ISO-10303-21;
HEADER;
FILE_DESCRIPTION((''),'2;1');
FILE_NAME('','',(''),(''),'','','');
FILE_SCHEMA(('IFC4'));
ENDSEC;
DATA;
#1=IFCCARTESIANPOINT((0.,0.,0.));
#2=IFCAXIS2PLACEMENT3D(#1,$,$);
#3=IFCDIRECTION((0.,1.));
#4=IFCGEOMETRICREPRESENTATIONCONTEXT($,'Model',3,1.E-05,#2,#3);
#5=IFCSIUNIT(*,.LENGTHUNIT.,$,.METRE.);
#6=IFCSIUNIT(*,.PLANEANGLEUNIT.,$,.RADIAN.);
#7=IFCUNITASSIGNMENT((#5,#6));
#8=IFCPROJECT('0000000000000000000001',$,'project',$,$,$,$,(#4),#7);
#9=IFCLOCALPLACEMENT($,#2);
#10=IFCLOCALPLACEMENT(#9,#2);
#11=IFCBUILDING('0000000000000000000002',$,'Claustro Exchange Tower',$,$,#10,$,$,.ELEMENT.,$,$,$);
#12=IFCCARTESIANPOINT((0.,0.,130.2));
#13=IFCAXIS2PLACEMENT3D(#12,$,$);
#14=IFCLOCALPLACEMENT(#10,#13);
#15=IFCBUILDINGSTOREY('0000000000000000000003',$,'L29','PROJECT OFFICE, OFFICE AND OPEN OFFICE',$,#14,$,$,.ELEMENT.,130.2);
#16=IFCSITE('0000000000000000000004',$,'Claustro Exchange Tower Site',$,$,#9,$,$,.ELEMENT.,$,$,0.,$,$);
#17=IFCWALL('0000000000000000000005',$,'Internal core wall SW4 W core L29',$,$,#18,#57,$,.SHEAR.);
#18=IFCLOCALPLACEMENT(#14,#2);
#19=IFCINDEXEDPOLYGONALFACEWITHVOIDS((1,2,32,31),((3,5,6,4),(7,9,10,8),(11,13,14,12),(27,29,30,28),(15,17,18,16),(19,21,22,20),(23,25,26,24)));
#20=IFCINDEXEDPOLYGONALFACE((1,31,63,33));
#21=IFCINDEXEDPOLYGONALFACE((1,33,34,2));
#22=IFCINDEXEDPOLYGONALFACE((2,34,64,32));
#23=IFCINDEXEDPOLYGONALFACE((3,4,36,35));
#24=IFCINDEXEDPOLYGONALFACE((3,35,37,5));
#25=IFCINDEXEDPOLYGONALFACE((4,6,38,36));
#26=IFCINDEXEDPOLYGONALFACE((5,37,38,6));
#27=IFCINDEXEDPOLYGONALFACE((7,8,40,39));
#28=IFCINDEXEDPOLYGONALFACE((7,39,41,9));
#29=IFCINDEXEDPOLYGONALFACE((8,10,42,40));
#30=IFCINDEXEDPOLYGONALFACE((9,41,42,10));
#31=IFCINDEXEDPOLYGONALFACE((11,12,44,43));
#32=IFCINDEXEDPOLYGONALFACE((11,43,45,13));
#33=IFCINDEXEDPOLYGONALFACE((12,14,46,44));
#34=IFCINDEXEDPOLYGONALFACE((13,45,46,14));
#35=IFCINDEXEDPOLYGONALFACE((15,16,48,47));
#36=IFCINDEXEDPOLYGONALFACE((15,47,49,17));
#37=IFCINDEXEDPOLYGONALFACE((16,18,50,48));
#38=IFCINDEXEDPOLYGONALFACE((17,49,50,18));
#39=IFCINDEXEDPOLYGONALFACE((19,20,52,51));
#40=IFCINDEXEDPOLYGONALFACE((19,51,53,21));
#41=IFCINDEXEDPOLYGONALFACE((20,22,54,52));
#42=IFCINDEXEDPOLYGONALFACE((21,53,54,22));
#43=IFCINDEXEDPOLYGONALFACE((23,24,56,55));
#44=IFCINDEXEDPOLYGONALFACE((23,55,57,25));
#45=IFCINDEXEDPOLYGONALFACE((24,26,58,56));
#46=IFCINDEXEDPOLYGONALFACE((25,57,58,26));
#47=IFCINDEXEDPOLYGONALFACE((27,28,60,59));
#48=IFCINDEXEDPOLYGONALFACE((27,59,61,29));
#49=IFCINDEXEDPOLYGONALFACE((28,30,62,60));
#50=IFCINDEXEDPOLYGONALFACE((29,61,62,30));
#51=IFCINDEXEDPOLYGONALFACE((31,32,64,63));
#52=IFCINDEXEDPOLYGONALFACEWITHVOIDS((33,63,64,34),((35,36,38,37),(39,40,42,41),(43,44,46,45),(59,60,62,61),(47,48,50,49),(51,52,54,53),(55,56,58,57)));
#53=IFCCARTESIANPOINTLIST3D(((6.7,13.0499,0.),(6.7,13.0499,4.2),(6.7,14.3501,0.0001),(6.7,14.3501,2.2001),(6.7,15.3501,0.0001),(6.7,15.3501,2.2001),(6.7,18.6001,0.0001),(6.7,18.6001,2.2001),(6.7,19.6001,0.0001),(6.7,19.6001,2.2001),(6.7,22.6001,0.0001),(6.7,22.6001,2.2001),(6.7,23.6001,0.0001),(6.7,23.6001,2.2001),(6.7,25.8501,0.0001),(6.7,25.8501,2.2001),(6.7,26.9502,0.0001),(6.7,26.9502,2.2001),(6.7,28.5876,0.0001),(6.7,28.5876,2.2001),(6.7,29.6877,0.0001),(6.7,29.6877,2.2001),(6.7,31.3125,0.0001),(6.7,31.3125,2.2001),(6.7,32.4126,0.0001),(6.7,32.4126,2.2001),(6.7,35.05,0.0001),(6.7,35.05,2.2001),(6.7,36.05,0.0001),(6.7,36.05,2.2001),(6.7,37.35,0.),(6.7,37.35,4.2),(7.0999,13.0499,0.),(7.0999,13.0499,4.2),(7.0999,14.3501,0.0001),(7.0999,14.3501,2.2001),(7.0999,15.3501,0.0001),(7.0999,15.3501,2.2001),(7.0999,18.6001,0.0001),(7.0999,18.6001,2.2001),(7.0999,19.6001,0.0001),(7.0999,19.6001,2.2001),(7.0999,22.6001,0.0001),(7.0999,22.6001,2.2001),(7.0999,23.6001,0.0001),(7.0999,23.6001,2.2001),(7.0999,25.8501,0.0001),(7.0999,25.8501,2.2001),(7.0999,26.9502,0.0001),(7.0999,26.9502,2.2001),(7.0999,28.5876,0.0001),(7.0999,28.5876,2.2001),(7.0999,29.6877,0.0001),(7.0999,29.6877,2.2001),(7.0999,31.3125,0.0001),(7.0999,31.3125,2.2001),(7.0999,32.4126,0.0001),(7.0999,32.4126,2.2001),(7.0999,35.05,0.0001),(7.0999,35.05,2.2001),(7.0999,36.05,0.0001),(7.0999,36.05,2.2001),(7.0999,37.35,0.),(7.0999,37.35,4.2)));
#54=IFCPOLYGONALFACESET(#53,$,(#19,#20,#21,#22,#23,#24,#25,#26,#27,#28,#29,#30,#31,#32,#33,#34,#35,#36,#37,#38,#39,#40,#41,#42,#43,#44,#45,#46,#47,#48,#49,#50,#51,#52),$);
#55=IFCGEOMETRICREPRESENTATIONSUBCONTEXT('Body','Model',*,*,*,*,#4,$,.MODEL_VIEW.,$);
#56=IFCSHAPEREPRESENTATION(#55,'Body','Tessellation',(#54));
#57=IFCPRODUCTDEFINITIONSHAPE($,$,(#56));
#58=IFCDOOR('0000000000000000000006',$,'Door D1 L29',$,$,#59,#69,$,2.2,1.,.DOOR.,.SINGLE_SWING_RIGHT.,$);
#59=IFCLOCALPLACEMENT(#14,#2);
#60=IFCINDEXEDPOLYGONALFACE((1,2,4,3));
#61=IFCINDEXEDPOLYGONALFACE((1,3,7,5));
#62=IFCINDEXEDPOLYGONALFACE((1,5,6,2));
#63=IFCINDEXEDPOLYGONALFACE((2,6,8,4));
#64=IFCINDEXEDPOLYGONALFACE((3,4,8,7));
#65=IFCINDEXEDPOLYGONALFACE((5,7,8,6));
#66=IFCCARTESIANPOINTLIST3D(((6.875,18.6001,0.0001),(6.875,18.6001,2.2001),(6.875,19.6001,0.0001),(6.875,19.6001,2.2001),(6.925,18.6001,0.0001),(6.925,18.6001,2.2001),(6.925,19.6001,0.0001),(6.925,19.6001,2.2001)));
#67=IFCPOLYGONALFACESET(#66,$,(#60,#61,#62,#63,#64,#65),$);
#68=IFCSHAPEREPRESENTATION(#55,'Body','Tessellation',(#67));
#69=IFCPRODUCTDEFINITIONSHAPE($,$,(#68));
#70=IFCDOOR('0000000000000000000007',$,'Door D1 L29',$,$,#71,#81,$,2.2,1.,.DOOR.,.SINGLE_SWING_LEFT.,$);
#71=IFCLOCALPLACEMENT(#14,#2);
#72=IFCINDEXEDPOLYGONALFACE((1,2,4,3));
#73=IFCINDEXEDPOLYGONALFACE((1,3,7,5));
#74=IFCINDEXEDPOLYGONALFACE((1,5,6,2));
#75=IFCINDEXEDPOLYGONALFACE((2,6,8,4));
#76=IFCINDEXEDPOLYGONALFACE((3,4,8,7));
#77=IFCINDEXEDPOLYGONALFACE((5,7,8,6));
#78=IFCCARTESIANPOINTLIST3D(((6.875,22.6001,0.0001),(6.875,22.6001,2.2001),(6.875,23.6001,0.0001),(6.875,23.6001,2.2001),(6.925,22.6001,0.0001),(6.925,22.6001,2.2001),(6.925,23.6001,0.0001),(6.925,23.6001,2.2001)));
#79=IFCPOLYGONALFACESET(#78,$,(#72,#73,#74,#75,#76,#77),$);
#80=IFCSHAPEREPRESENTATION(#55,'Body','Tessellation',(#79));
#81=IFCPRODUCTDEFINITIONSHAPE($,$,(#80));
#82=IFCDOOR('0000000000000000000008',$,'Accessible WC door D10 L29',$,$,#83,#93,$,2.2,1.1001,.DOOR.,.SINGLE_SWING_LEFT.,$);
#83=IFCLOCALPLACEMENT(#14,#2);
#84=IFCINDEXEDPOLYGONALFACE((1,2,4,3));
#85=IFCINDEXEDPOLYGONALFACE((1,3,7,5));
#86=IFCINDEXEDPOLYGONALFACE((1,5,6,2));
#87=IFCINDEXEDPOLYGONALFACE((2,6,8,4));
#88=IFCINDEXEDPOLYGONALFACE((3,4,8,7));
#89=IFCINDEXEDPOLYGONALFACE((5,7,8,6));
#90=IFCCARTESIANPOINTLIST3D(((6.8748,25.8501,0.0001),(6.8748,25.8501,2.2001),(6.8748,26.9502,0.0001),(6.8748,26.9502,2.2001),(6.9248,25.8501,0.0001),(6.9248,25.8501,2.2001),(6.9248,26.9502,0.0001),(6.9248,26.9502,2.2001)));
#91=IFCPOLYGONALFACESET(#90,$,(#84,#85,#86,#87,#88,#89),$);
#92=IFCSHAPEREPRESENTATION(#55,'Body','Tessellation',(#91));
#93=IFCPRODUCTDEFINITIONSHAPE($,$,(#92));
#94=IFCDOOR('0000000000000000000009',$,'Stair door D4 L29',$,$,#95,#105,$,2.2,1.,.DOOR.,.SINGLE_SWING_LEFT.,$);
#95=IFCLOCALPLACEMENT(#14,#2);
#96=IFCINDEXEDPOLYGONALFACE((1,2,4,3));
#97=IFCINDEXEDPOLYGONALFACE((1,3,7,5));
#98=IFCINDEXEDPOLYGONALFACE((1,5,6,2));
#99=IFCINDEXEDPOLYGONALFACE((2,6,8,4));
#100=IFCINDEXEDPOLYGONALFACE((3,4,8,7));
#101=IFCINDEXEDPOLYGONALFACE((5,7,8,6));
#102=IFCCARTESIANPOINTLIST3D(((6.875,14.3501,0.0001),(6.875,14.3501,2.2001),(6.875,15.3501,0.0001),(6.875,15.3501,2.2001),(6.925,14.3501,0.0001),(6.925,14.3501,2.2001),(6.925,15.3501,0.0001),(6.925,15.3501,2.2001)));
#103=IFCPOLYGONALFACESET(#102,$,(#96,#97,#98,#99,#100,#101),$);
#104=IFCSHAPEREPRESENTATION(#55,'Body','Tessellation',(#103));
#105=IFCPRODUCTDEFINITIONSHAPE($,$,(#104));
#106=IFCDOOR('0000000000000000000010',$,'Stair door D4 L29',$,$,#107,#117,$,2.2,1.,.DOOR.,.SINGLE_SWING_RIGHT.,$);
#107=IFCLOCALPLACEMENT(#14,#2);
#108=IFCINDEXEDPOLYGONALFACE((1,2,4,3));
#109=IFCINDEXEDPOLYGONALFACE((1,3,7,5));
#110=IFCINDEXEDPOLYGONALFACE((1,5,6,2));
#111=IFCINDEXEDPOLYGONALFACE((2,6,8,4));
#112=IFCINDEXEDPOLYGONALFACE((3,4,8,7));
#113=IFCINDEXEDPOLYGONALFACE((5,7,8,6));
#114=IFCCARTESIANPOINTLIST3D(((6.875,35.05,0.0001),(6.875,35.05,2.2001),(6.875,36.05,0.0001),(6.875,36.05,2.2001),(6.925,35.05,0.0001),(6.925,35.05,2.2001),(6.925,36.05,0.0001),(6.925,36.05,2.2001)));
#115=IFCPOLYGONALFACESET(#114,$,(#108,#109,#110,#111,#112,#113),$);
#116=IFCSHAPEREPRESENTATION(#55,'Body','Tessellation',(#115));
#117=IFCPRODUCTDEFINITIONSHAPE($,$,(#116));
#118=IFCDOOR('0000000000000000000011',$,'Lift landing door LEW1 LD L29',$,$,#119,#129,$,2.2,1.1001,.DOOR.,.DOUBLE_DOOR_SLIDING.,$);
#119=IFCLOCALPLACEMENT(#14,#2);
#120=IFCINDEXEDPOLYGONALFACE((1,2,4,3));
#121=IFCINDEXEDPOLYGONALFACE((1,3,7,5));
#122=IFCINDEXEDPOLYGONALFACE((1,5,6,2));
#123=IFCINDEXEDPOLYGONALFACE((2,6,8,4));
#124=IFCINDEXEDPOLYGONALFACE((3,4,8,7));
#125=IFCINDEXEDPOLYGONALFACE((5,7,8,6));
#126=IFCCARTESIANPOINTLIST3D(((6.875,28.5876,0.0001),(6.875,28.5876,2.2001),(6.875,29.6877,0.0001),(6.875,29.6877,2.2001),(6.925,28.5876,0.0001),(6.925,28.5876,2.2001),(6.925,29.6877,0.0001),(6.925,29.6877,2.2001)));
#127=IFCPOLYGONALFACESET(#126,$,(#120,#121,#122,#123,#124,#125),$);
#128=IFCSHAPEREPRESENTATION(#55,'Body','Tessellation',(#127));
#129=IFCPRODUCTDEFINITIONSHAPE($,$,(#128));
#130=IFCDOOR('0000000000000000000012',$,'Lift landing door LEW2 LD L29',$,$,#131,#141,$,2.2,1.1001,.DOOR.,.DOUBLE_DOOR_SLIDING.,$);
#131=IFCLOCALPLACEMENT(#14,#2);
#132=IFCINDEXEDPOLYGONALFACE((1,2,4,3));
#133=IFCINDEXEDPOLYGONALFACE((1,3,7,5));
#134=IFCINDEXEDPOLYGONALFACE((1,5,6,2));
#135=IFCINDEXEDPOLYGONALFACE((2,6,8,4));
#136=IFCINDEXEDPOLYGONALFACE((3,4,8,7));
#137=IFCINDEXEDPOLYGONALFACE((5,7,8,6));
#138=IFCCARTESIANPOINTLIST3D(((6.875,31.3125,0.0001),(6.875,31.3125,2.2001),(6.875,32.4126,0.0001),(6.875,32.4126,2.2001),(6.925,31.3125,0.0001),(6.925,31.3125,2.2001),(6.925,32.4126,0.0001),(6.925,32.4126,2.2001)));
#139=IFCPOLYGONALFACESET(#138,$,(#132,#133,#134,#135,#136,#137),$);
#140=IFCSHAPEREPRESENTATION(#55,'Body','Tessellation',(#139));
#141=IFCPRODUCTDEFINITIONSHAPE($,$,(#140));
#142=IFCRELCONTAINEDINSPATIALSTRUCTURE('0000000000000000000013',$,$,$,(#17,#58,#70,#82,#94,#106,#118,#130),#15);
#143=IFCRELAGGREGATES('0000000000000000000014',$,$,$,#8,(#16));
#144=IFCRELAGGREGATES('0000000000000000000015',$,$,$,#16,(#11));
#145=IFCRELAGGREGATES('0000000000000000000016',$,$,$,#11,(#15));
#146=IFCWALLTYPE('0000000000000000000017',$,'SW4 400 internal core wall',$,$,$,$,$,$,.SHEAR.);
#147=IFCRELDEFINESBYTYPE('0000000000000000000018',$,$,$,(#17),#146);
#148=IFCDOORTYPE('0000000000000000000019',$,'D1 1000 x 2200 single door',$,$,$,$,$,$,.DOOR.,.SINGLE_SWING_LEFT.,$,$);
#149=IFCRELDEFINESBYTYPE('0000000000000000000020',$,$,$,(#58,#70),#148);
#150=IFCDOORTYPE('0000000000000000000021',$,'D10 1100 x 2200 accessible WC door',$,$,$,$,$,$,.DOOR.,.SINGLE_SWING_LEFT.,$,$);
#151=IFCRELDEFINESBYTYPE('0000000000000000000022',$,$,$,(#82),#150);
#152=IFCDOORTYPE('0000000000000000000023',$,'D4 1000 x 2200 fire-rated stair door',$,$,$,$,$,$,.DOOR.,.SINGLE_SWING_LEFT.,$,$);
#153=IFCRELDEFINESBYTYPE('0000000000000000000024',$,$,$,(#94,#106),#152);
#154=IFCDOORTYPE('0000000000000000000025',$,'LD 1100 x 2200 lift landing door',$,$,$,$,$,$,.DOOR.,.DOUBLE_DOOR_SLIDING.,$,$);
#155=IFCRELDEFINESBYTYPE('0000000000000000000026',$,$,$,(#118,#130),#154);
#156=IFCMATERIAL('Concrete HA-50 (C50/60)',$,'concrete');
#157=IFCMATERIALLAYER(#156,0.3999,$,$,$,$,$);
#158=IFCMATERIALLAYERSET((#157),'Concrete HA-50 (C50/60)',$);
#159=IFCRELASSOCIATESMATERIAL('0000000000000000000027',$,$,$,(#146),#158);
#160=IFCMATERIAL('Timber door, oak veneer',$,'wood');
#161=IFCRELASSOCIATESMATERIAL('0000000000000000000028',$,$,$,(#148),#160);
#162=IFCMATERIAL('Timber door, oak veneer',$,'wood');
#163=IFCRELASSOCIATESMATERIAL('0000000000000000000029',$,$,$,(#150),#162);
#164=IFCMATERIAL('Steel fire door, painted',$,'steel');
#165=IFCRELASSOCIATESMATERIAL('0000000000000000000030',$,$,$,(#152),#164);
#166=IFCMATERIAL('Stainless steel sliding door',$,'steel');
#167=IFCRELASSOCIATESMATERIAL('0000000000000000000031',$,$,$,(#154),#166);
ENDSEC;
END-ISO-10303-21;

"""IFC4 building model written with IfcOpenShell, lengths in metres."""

from ifc_helpers import new_model, si_unit, direction, frame, frame_2d, origin, place, context, subcontext, project, spatial, rectangle, extrude, material, layer, layer_set, type_object, element, fill, save


model = new_model("IFC4")

# Units and contexts
model_context = context("Model", 3, precision=1e-05, world=origin(), true_north=direction((0.0, 1.0)))
body_context = subcontext(model_context, "Body", "Model", "MODEL_VIEW")
ifc_project = project(units=[si_unit("LENGTHUNIT", "METRE"), si_unit("PLANEANGLEUNIT", "RADIAN")], contexts=[model_context])

# Site, building, storey
site_placement = place(None, origin())
site = spatial("IfcSite", under=ifc_project, at=site_placement, Name="Claustro Exchange Tower Site", CompositionType="ELEMENT", RefElevation=0.0)
building_placement = place(site_placement, origin())
building = spatial("IfcBuilding", under=site, at=building_placement, Name="Claustro Exchange Tower", CompositionType="ELEMENT")
storey_placement = place(building_placement, frame((0.0, 0.0, 130.2)))
storey = spatial("IfcBuildingStorey", under=building, at=storey_placement, Name="L29", Description="PROJECT OFFICE, OFFICE AND OPEN OFFICE", CompositionType="ELEMENT", Elevation=130.2)

# Wall, openings, doors
ifc_material_1 = material(Name="Concrete HA-50 (C50/60)", Category="concrete")
ifc_layer_1 = layer(ifc_material_1, 0.3999)
ifc_layer_set_1 = layer_set([ifc_layer_1], Name="Concrete HA-50 (C50/60)")
wall_type_1 = type_object("IfcWallType", Name="SW4 400 internal core wall", PredefinedType="SHEAR", material=ifc_layer_set_1)
wall_1_placement = place(storey_placement, frame((6.8999, 13.05, 0.0), z_axis=(0.0, 0.0, 1.0), x_axis=(0.0, 1.0, 0.0)))
wall_1 = element("IfcWall", 1, at=wall_1_placement, inside=storey, type_object=wall_type_1, Name="Internal core wall SW4 W core L29", PredefinedType="SHEAR", context=body_context, shape_type="SweptSolid", body=[
    extrude(rectangle(XDim=24.3, YDim=0.3999, at=frame_2d((12.1499, 0.0))), origin(), (0.0, 0.0, 1.0), 4.2),
])
opening_1_placement = place(wall_1_placement, frame((1.3, 0.0, 0.0)))
opening_1 = element("IfcOpeningElement", 2, at=opening_1_placement, cuts=wall_1, PredefinedType="OPENING", context=body_context, shape_type="SweptSolid", body=[
    extrude(rectangle(XDim=1.0, YDim=2.2, at=frame_2d((0.5, 1.1001))), frame((0.0, 0.21, 0.0), z_axis=(0.0, -1.0, 0.0), x_axis=(1.0, 0.0, 0.0)), (0.0, 0.0, 1.0), 0.4199),
])
opening_2_placement = place(wall_1_placement, frame((22.0, 0.0, 0.0)))
opening_2 = element("IfcOpeningElement", 3, at=opening_2_placement, cuts=wall_1, PredefinedType="OPENING", context=body_context, shape_type="SweptSolid", body=[
    extrude(rectangle(XDim=1.0, YDim=2.2, at=frame_2d((0.5, 1.1001))), frame((0.0, 0.21, 0.0), z_axis=(0.0, -1.0, 0.0), x_axis=(1.0, 0.0, 0.0)), (0.0, 0.0, 1.0), 0.4199),
])
opening_3_placement = place(wall_1_placement, frame((5.55, 0.0, 0.0)))
opening_3 = element("IfcOpeningElement", 4, at=opening_3_placement, cuts=wall_1, PredefinedType="OPENING", context=body_context, shape_type="SweptSolid", body=[
    extrude(rectangle(XDim=1.0, YDim=2.2, at=frame_2d((0.5, 1.1001))), frame((0.0, 0.21, 0.0), z_axis=(0.0, -1.0, 0.0), x_axis=(1.0, 0.0, 0.0)), (0.0, 0.0, 1.0), 0.4199),
])
opening_4_placement = place(wall_1_placement, frame((9.55, 0.0, 0.0)))
opening_4 = element("IfcOpeningElement", 5, at=opening_4_placement, cuts=wall_1, PredefinedType="OPENING", context=body_context, shape_type="SweptSolid", body=[
    extrude(rectangle(XDim=1.0, YDim=2.2, at=frame_2d((0.5, 1.1001))), frame((0.0, 0.21, 0.0), z_axis=(0.0, -1.0, 0.0), x_axis=(1.0, 0.0, 0.0)), (0.0, 0.0, 1.0), 0.4199),
])
opening_5_placement = place(wall_1_placement, frame((12.8, 0.0, 0.0)))
opening_5 = element("IfcOpeningElement", 6, at=opening_5_placement, cuts=wall_1, PredefinedType="OPENING", context=body_context, shape_type="SweptSolid", body=[
    extrude(rectangle(XDim=1.1001, YDim=2.2, at=frame_2d((0.55, 1.1001))), frame((0.0, 0.21, 0.0), z_axis=(0.0, -1.0, 0.0), x_axis=(1.0, 0.0, 0.0)), (0.0, 0.0, 1.0), 0.4199),
])
opening_6_placement = place(wall_1_placement, frame((15.5376, 0.0, 0.0)))
opening_6 = element("IfcOpeningElement", 7, at=opening_6_placement, cuts=wall_1, PredefinedType="OPENING", context=body_context, shape_type="SweptSolid", body=[
    extrude(rectangle(XDim=1.1001, YDim=2.2, at=frame_2d((0.55, 1.1001))), frame((0.0, 0.21, 0.0), z_axis=(0.0, -1.0, 0.0), x_axis=(1.0, 0.0, 0.0)), (0.0, 0.0, 1.0), 0.4199),
])
opening_7_placement = place(wall_1_placement, frame((18.2625, 0.0, 0.0)))
opening_7 = element("IfcOpeningElement", 8, at=opening_7_placement, cuts=wall_1, PredefinedType="OPENING", context=body_context, shape_type="SweptSolid", body=[
    extrude(rectangle(XDim=1.1001, YDim=2.2, at=frame_2d((0.55, 1.1001))), frame((0.0, 0.21, 0.0), z_axis=(0.0, -1.0, 0.0), x_axis=(1.0, 0.0, 0.0)), (0.0, 0.0, 1.0), 0.4199),
])
ifc_material_2 = material(Name="Timber door, oak veneer", Category="wood")
door_type_1 = type_object("IfcDoorType", Name="D1 1000 x 2200 single door", OperationType="SINGLE_SWING_LEFT", PredefinedType="DOOR", material=ifc_material_2)
door_1_placement = place(opening_3_placement, origin())
door_1 = element("IfcDoor", 9, at=door_1_placement, inside=storey, type_object=door_type_1, Name="Door D1 L29", OperationType="SINGLE_SWING_RIGHT", OverallHeight=2.2, OverallWidth=1.0, PredefinedType="DOOR", context=body_context, shape_type="SweptSolid", body=[
    extrude(rectangle(XDim=1.0, YDim=2.2, at=frame_2d((0.5, 1.1001))), frame((0.0, 0.0249, 0.0), z_axis=(0.0, -1.0, 0.0), x_axis=(1.0, 0.0, 0.0)), (0.0, 0.0, 1.0), 0.05),
])
fill(opening_3, door_1)
door_2_placement = place(opening_4_placement, origin())
door_2 = element("IfcDoor", 10, at=door_2_placement, inside=storey, type_object=door_type_1, Name="Door D1 L29", OperationType="SINGLE_SWING_LEFT", OverallHeight=2.2, OverallWidth=1.0, PredefinedType="DOOR", context=body_context, shape_type="SweptSolid", body=[
    extrude(rectangle(XDim=1.0, YDim=2.2, at=frame_2d((0.5, 1.1001))), frame((0.0, 0.0249, 0.0), z_axis=(0.0, -1.0, 0.0), x_axis=(1.0, 0.0, 0.0)), (0.0, 0.0, 1.0), 0.05),
])
fill(opening_4, door_2)
ifc_material_3 = material(Name="Timber door, oak veneer", Category="wood")
door_type_2 = type_object("IfcDoorType", Name="D10 1100 x 2200 accessible WC door", OperationType="SINGLE_SWING_LEFT", PredefinedType="DOOR", material=ifc_material_3)
door_3_placement = place(opening_5_placement, frame((1.1001, 0.0, 0.0), z_axis=(0.0, 0.0, 1.0), x_axis=(-1.0, 0.0, 0.0)))
door_3 = element("IfcDoor", 11, at=door_3_placement, inside=storey, type_object=door_type_2, Name="Accessible WC door D10 L29", OperationType="SINGLE_SWING_LEFT", OverallHeight=2.2, OverallWidth=1.1001, PredefinedType="DOOR", context=body_context, shape_type="SweptSolid", body=[
    extrude(rectangle(XDim=1.1001, YDim=2.2, at=frame_2d((0.55, 1.1001))), frame((0.0, 0.0249, 0.0), z_axis=(0.0, -1.0, 0.0), x_axis=(1.0, 0.0, 0.0)), (0.0, 0.0, 1.0), 0.05),
])
fill(opening_5, door_3)
ifc_material_4 = material(Name="Steel fire door, painted", Category="steel")
door_type_3 = type_object("IfcDoorType", Name="D4 1000 x 2200 fire-rated stair door", OperationType="SINGLE_SWING_LEFT", PredefinedType="DOOR", material=ifc_material_4)
door_4_placement = place(opening_1_placement, origin())
door_4 = element("IfcDoor", 12, at=door_4_placement, inside=storey, type_object=door_type_3, Name="Stair door D4 L29", OperationType="SINGLE_SWING_LEFT", OverallHeight=2.2, OverallWidth=1.0, PredefinedType="DOOR", context=body_context, shape_type="SweptSolid", body=[
    extrude(rectangle(XDim=1.0, YDim=2.2, at=frame_2d((0.5, 1.1001))), frame((0.0, 0.0249, 0.0), z_axis=(0.0, -1.0, 0.0), x_axis=(1.0, 0.0, 0.0)), (0.0, 0.0, 1.0), 0.05),
])
fill(opening_1, door_4)
door_5_placement = place(opening_2_placement, origin())
door_5 = element("IfcDoor", 13, at=door_5_placement, inside=storey, type_object=door_type_3, Name="Stair door D4 L29", OperationType="SINGLE_SWING_RIGHT", OverallHeight=2.2, OverallWidth=1.0, PredefinedType="DOOR", context=body_context, shape_type="SweptSolid", body=[
    extrude(rectangle(XDim=1.0, YDim=2.2, at=frame_2d((0.5, 1.1001))), frame((0.0, 0.0249, 0.0), z_axis=(0.0, -1.0, 0.0), x_axis=(1.0, 0.0, 0.0)), (0.0, 0.0, 1.0), 0.05),
])
fill(opening_2, door_5)
ifc_material_5 = material(Name="Stainless steel sliding door", Category="steel")
door_type_4 = type_object("IfcDoorType", Name="LD 1100 x 2200 lift landing door", OperationType="DOUBLE_DOOR_SLIDING", PredefinedType="DOOR", material=ifc_material_5)
door_6_placement = place(opening_6_placement, origin())
door_6 = element("IfcDoor", 14, at=door_6_placement, inside=storey, type_object=door_type_4, Name="Lift landing door LEW1 LD L29", OperationType="DOUBLE_DOOR_SLIDING", OverallHeight=2.2, OverallWidth=1.1001, PredefinedType="DOOR", context=body_context, shape_type="SweptSolid", body=[
    extrude(rectangle(XDim=1.1001, YDim=2.2, at=frame_2d((0.55, 1.1001))), frame((0.0, 0.0249, 0.0), z_axis=(0.0, -1.0, 0.0), x_axis=(1.0, 0.0, 0.0)), (0.0, 0.0, 1.0), 0.05),
])
fill(opening_6, door_6)
door_7_placement = place(opening_7_placement, origin())
door_7 = element("IfcDoor", 15, at=door_7_placement, inside=storey, type_object=door_type_4, Name="Lift landing door LEW2 LD L29", OperationType="DOUBLE_DOOR_SLIDING", OverallHeight=2.2, OverallWidth=1.1001, PredefinedType="DOOR", context=body_context, shape_type="SweptSolid", body=[
    extrude(rectangle(XDim=1.1001, YDim=2.2, at=frame_2d((0.55, 1.1001))), frame((0.0, 0.0249, 0.0), z_axis=(0.0, -1.0, 0.0), x_axis=(1.0, 0.0, 0.0)), (0.0, 0.0, 1.0), 0.05),
])
fill(opening_7, door_7)

save(model, "model.ifc")
